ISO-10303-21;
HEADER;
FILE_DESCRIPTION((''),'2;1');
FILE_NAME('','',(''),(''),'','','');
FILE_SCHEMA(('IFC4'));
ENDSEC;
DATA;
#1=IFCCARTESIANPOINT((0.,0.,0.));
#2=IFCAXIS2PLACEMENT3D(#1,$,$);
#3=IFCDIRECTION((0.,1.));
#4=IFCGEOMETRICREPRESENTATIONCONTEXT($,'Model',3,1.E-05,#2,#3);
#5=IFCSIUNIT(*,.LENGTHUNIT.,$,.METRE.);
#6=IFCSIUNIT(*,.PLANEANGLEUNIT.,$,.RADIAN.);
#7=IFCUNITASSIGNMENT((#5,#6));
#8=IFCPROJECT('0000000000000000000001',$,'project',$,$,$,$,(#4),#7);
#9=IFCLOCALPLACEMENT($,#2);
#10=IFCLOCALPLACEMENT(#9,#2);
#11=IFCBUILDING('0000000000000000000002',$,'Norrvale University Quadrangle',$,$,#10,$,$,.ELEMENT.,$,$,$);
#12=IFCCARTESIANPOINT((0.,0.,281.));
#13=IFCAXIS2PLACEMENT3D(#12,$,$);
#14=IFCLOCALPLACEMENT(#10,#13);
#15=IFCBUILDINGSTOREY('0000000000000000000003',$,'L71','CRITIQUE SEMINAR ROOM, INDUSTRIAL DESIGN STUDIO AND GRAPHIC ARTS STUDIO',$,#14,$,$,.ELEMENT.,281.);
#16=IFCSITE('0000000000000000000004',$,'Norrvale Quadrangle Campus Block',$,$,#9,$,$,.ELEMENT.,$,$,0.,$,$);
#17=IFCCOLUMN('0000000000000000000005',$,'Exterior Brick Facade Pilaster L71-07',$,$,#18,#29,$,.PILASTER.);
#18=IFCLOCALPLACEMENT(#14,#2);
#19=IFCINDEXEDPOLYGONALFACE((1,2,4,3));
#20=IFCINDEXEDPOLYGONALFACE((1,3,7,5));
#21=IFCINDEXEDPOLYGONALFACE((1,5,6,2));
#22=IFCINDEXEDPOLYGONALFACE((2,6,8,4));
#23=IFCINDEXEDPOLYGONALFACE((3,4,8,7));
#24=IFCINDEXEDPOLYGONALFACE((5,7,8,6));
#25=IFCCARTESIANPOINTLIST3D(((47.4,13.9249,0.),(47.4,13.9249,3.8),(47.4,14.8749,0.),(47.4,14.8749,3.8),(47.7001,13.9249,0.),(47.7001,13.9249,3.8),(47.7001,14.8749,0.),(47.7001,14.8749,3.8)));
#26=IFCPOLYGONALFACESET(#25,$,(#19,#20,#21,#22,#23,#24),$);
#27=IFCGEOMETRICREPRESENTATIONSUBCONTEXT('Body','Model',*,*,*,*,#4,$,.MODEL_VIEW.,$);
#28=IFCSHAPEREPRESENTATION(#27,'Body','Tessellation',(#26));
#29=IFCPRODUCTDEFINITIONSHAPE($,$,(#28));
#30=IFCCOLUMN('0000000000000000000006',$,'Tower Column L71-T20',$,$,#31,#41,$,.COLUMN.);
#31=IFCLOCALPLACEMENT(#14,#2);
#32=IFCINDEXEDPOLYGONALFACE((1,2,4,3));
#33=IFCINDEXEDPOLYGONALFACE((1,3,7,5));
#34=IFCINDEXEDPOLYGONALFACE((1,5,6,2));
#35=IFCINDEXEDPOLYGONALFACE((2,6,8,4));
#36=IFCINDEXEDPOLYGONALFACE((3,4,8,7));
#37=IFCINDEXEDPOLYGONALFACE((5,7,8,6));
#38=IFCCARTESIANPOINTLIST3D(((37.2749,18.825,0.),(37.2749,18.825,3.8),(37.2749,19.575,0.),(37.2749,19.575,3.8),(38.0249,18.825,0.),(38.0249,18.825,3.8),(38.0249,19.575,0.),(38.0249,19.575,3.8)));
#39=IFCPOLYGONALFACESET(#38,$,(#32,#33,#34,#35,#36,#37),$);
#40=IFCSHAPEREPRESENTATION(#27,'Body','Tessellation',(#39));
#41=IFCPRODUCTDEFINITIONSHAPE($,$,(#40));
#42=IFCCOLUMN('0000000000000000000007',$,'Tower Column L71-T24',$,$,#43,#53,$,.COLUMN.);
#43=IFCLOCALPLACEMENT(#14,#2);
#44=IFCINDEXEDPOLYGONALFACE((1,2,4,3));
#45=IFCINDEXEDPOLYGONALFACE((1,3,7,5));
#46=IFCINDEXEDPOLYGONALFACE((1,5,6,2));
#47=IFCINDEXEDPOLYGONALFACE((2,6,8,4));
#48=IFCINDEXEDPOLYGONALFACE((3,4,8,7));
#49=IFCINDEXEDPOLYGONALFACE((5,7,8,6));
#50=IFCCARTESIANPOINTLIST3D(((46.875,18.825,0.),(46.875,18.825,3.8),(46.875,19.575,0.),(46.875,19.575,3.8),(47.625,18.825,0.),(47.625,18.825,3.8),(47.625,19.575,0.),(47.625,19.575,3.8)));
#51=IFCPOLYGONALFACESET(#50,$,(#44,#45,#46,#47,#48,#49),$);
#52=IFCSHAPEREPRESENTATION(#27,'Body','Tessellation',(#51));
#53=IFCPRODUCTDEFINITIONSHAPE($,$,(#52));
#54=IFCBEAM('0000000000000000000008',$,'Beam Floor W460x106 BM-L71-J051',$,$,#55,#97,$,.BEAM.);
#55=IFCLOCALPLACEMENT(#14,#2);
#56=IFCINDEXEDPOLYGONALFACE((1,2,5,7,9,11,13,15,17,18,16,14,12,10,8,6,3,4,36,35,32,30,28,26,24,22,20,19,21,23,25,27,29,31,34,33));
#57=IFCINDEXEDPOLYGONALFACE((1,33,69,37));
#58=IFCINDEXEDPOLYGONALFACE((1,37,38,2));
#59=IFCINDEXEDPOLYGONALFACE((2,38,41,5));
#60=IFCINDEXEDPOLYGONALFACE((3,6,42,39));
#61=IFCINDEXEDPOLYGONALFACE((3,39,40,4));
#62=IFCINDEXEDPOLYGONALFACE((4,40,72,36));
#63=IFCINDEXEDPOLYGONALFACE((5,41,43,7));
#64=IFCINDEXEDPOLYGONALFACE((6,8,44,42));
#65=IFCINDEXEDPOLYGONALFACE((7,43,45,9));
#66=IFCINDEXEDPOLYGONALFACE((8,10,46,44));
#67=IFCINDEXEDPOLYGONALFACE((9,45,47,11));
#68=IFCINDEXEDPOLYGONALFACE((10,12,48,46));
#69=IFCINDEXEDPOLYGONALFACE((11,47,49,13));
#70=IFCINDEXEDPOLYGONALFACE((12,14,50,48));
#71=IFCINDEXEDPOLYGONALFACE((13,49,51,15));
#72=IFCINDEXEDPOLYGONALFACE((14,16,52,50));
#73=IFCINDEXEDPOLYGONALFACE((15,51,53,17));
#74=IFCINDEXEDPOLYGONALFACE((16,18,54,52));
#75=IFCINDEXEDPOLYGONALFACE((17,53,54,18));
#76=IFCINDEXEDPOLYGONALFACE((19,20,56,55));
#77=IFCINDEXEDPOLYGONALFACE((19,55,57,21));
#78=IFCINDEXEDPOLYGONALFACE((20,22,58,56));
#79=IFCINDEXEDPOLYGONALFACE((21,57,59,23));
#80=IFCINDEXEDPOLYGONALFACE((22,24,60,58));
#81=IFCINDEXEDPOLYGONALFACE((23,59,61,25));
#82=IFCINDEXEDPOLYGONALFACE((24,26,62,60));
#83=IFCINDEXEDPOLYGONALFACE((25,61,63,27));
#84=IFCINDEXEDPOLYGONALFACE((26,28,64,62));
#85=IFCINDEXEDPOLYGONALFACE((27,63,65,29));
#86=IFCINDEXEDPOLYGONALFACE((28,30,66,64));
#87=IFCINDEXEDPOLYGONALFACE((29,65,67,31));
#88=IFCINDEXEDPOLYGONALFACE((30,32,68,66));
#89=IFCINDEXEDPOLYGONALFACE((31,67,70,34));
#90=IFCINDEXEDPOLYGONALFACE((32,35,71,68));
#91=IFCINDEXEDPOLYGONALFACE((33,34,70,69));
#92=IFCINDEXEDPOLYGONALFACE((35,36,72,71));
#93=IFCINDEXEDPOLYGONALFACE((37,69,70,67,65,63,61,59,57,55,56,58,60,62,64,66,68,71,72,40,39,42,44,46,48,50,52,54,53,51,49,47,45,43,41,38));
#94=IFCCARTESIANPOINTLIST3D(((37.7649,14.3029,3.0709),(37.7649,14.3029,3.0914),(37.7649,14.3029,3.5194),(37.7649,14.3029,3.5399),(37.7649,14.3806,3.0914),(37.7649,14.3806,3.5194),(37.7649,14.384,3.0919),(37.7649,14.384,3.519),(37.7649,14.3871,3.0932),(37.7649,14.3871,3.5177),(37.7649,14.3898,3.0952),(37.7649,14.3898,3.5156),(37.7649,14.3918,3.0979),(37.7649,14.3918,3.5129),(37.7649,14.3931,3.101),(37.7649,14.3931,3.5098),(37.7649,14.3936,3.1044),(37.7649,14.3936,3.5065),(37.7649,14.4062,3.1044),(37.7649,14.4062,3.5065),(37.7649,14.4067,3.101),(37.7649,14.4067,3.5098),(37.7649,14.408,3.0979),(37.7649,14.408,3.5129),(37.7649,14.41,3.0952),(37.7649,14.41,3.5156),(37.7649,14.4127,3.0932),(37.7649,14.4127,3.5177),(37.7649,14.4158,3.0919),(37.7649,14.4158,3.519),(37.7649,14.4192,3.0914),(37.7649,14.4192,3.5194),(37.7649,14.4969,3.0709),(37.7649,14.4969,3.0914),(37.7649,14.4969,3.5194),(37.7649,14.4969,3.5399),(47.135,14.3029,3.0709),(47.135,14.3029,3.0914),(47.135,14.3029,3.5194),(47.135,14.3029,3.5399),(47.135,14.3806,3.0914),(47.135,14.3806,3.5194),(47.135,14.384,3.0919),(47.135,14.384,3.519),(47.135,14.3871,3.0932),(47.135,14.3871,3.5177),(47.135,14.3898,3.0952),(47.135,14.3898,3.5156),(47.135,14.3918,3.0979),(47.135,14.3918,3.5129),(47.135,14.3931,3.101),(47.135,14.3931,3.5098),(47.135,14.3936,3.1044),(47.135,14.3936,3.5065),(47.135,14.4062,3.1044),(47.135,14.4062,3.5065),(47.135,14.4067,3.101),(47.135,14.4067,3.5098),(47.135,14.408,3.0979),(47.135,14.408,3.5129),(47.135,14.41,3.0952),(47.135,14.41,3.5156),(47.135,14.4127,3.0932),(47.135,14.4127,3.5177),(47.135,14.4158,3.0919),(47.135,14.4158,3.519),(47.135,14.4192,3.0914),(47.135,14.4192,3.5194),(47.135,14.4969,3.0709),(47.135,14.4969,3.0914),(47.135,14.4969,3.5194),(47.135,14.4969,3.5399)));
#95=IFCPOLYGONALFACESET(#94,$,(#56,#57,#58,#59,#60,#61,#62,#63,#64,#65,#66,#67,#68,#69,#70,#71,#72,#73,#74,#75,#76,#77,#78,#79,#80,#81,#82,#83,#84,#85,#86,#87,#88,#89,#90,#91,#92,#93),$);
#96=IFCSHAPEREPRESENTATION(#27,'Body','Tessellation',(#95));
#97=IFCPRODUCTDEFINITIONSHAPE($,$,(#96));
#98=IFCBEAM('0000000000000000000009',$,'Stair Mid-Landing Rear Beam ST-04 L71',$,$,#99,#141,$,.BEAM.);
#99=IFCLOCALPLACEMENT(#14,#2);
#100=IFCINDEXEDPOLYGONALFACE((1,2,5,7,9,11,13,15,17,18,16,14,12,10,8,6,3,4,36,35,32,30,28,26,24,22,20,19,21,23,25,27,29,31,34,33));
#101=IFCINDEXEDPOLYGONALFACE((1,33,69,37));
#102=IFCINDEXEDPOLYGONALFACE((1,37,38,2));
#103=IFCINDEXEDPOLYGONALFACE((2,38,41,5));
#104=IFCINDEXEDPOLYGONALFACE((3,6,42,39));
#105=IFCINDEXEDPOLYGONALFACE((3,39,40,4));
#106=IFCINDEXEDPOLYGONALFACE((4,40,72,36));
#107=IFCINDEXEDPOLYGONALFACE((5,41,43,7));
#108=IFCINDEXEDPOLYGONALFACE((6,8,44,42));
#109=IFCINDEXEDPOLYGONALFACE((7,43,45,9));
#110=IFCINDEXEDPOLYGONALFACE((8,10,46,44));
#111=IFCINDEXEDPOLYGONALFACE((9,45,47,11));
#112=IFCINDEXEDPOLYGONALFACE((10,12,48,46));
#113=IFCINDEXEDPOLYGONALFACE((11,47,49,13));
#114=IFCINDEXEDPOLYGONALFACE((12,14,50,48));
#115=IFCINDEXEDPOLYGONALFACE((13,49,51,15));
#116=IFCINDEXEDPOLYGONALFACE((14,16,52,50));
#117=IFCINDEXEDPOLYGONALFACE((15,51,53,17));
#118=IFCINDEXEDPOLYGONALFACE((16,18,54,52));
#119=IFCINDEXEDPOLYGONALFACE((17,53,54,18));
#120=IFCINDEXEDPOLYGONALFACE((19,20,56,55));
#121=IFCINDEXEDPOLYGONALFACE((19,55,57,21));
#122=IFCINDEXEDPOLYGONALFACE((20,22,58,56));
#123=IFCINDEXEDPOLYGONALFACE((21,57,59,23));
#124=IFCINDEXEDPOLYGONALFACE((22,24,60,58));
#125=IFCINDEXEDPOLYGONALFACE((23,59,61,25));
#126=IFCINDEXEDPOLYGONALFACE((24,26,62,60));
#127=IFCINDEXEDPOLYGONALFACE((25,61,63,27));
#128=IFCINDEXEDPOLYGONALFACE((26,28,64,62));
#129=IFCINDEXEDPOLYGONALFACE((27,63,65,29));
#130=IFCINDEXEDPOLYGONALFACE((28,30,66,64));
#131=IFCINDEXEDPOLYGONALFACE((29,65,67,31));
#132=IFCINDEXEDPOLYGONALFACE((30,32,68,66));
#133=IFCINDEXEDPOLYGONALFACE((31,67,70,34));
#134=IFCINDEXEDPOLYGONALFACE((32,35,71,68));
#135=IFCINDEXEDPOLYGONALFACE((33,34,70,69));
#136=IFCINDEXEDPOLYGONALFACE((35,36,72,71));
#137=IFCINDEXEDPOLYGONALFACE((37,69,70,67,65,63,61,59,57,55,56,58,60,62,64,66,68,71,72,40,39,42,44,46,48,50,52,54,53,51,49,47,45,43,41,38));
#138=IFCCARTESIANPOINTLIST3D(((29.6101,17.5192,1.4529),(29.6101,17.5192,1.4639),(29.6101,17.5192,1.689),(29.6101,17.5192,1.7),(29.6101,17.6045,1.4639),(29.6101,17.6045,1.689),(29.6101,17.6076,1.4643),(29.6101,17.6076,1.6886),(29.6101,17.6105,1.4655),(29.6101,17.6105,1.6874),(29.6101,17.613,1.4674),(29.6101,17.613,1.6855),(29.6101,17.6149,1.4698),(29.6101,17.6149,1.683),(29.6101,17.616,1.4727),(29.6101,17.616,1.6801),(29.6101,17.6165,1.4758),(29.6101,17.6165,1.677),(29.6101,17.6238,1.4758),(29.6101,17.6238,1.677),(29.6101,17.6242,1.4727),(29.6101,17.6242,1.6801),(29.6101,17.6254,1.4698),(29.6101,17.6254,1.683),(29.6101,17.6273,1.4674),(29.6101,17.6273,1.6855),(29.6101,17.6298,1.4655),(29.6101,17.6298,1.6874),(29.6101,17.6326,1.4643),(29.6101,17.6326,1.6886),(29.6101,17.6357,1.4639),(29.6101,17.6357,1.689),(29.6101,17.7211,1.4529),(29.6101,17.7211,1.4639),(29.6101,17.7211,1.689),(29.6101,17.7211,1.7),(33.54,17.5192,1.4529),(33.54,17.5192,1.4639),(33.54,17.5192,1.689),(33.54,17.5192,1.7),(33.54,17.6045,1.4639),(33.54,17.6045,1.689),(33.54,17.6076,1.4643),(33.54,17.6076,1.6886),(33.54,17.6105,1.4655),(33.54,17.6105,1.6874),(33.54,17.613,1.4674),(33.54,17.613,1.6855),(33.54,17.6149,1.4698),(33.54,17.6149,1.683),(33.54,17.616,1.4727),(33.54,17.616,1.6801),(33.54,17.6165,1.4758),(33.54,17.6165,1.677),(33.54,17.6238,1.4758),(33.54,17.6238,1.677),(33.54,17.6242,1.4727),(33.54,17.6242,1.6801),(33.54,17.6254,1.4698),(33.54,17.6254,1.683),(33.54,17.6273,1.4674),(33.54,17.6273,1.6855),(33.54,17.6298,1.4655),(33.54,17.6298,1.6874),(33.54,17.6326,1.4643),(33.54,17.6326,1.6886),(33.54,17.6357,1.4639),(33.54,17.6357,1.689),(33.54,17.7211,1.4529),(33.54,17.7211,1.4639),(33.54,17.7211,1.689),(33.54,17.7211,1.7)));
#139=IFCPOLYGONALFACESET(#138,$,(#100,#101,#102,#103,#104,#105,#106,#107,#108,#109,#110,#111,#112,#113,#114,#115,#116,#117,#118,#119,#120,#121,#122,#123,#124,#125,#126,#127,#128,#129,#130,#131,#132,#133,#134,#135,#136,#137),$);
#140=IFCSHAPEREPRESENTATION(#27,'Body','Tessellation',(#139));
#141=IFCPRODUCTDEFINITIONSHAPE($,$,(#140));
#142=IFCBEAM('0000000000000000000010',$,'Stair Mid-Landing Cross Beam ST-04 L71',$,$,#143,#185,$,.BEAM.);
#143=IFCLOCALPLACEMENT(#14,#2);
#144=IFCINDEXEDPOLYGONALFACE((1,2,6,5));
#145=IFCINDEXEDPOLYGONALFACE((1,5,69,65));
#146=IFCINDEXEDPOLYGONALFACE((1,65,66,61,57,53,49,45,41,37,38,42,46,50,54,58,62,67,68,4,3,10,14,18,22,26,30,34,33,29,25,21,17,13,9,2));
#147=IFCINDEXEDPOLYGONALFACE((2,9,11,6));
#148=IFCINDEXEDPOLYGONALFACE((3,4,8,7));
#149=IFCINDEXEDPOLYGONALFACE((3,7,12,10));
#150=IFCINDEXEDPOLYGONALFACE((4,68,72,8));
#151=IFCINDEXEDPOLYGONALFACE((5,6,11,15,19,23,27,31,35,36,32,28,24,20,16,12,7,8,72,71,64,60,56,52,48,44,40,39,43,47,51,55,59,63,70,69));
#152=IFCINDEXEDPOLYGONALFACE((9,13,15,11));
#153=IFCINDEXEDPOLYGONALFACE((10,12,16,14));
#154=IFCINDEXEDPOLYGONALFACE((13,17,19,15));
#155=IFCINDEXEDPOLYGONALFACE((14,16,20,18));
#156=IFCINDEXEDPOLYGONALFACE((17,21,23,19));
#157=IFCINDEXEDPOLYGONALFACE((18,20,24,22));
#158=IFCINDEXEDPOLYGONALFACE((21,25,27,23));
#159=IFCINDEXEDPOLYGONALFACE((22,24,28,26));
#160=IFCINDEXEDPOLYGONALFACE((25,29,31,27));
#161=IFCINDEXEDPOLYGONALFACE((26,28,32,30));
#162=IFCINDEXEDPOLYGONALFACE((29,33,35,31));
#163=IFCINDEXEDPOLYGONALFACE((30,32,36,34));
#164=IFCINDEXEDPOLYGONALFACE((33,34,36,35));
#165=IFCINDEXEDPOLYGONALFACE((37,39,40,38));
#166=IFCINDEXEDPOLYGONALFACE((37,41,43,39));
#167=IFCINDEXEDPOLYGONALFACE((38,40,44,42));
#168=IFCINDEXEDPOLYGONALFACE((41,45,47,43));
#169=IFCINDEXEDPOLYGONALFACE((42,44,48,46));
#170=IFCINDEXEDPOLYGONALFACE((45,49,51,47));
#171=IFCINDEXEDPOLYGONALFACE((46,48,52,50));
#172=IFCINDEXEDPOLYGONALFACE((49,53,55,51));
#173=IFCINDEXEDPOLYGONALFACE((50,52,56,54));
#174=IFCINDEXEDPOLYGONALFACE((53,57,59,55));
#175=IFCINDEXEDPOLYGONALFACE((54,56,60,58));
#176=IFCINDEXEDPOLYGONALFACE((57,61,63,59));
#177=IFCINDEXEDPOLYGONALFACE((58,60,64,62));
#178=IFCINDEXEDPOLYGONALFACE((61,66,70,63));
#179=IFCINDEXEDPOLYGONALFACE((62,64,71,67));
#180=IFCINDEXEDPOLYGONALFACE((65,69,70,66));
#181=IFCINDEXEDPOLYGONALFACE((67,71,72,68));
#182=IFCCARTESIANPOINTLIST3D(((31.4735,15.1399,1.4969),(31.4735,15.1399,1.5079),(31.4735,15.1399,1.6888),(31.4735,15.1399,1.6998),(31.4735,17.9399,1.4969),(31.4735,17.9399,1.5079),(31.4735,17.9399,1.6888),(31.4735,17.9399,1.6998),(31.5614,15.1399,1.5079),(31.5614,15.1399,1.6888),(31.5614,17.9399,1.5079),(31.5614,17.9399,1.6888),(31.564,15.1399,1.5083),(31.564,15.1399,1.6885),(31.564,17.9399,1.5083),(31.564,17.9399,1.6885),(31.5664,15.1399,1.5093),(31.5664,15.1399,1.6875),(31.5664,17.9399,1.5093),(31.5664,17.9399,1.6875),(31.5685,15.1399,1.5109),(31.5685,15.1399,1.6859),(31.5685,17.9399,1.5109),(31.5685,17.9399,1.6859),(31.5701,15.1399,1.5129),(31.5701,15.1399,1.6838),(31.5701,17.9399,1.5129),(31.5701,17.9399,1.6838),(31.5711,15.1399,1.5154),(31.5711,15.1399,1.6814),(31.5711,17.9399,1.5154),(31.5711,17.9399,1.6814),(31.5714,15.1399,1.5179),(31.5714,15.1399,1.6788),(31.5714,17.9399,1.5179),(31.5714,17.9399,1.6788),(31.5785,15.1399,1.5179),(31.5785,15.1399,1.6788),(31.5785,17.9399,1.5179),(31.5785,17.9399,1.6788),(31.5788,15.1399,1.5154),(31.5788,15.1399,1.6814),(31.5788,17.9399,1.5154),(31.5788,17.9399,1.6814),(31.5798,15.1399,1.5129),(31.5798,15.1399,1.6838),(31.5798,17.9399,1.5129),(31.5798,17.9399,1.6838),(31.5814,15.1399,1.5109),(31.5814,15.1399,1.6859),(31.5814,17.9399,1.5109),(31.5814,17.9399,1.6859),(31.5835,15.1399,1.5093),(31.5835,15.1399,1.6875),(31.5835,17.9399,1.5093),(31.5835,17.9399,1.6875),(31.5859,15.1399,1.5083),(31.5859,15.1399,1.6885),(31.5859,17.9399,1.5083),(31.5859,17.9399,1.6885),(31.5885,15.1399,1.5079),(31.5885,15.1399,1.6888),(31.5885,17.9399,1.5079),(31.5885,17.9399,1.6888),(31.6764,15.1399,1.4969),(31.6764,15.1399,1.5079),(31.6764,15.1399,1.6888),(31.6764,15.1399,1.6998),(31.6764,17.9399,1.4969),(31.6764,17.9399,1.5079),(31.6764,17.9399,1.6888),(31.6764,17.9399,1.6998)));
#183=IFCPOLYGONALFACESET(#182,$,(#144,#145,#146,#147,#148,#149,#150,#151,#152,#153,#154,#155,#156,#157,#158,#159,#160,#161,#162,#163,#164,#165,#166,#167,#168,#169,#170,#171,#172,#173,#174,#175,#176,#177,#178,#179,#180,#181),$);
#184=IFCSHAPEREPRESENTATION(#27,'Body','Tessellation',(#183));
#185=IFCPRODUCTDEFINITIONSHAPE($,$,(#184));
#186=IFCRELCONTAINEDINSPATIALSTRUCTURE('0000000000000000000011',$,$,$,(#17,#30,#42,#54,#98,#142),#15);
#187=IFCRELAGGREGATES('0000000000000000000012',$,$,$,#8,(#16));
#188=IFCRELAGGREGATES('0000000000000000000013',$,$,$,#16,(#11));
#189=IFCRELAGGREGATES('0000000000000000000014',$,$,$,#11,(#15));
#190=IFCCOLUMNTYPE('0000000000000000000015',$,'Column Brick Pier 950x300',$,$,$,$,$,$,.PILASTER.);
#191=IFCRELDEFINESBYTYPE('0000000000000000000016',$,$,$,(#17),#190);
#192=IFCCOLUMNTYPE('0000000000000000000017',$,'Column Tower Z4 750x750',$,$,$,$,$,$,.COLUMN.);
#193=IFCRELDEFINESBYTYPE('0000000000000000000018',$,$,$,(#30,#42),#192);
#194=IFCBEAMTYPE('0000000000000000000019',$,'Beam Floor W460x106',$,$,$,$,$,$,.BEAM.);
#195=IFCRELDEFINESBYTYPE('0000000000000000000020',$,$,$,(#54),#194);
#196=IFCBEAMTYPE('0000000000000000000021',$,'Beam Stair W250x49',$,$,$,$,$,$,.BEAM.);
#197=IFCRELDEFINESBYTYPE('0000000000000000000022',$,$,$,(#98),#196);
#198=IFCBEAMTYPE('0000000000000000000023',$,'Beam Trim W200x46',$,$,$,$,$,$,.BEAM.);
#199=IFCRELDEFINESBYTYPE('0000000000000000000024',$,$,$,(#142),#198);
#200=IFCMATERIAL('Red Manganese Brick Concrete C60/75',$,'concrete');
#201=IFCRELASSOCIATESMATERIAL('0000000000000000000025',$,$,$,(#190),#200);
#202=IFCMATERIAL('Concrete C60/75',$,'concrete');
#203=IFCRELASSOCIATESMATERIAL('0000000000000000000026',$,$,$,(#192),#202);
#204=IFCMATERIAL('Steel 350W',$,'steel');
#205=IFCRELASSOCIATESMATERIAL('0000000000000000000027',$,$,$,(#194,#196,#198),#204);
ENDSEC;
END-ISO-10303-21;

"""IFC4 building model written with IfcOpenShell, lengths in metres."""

from ifc_helpers import new_model, si_unit, direction, frame, origin, origin_2d, place, context, subcontext, project, spatial, rectangle, i_section, extrude, material, material_profile, profile_set, type_object, element, save


model = new_model("IFC4")

# Units and contexts
model_context = context("Model", 3, precision=1e-05, world=origin(), true_north=direction((0.0, 1.0)))
body_context = subcontext(model_context, "Body", "Model", "MODEL_VIEW")
ifc_project = project(units=[si_unit("LENGTHUNIT", "METRE"), si_unit("PLANEANGLEUNIT", "RADIAN")], contexts=[model_context])

# Site, building, storey
site_placement = place(None, origin())
site = spatial("IfcSite", under=ifc_project, at=site_placement, Name="Norrvale Quadrangle Campus Block", CompositionType="ELEMENT", RefElevation=0.0)
building_placement = place(site_placement, origin())
building = spatial("IfcBuilding", under=site, at=building_placement, Name="Norrvale University Quadrangle", CompositionType="ELEMENT")
storey_placement = place(building_placement, frame((0.0, 0.0, 281.0)))
storey = spatial("IfcBuildingStorey", under=building, at=storey_placement, Name="L71", Description="CRITIQUE SEMINAR ROOM, INDUSTRIAL DESIGN STUDIO AND GRAPHIC ARTS STUDIO", CompositionType="ELEMENT", Elevation=281.0)

# Columns
ifc_material_1 = material(Name="Red Manganese Brick Concrete C60/75", Category="concrete")
ifc_material_profile_1 = material_profile(ifc_material_1, rectangle(XDim=0.95, YDim=0.3, at=origin_2d()), Name="Red Manganese Brick Concrete C60/75")
ifc_profile_set_1 = profile_set([ifc_material_profile_1], Name="Red Manganese Brick Concrete C60/75")
column_type_1 = type_object("IfcColumnType", Name="Column Brick Pier 950x300", PredefinedType="PILASTER", material=ifc_profile_set_1)
column_placement = place(storey_placement, frame((47.55, 14.3999, 0.0), z_axis=(0.0, 0.0, 1.0), x_axis=(0.0, 1.0, 0.0)))
element("IfcColumn", 1, at=column_placement, inside=storey, type_object=column_type_1, Name="Exterior Brick Facade Pilaster L71-07", PredefinedType="PILASTER", context=body_context, shape_type="SweptSolid", body=[
    extrude(rectangle(XDim=0.95, YDim=0.3, at=origin_2d()), origin(), (0.0, 0.0, 1.0), 3.8),
])
ifc_material_2 = material(Name="Concrete C60/75", Category="concrete")
ifc_material_profile_2 = material_profile(ifc_material_2, rectangle(XDim=0.75, YDim=0.75, at=origin_2d()), Name="Concrete C60/75")
ifc_profile_set_2 = profile_set([ifc_material_profile_2], Name="Concrete C60/75")
column_type_2 = type_object("IfcColumnType", Name="Column Tower Z4 750x750", PredefinedType="COLUMN", material=ifc_profile_set_2)
for number, where, z_axis, x_axis, name in (
    (2, (37.6499, 19.2, 0.0), (0.0, 0.0, 1.0), (1.0, 0.0, 0.0), "Tower Column L71-T20"),
    (3, (47.25, 19.2, 0.0), (0.0, 0.0, 1.0), (1.0, 0.0, 0.0), "Tower Column L71-T24"),
):
    element("IfcColumn", number, at=place(storey_placement, frame(where, z_axis=z_axis, x_axis=x_axis)), inside=storey, type_object=column_type_2, Name=name, PredefinedType="COLUMN", context=body_context, shape_type="SweptSolid", body=[
        extrude(rectangle(XDim=0.75, YDim=0.75, at=origin_2d()), origin(), (0.0, 0.0, 1.0), 3.8),
    ])

# Beams
ifc_material_3 = material(Name="Steel 350W", Category="steel")
ifc_material_profile_3 = material_profile(ifc_material_3, i_section(OverallWidth=0.1941, OverallDepth=0.469, WebThickness=0.0127, FlangeThickness=0.0205, FilletRadius=0.0129, at=origin_2d()), Name="Steel 350W")
ifc_profile_set_3 = profile_set([ifc_material_profile_3], Name="Steel 350W")
beam_type_1 = type_object("IfcBeamType", Name="Beam Floor W460x106", PredefinedType="BEAM", material=ifc_profile_set_3)
beam_1_placement = place(storey_placement, frame((37.7649, 14.3999, 3.3054), z_axis=(1.0, 0.0, 0.0), x_axis=(0.0, 1.0, 0.0)))
element("IfcBeam", 4, at=beam_1_placement, inside=storey, type_object=beam_type_1, Name="Beam Floor W460x106 BM-L71-J051", PredefinedType="BEAM", context=body_context, shape_type="SweptSolid", body=[
    extrude(i_section(OverallWidth=0.1941, OverallDepth=0.469, WebThickness=0.0127, FlangeThickness=0.0205, FilletRadius=0.0129, at=origin_2d()), origin(), (0.0, 0.0, 1.0), 9.3701),
])
ifc_material_profile_4 = material_profile(ifc_material_3, i_section(OverallWidth=0.2019, OverallDepth=0.2471, WebThickness=0.0073, FlangeThickness=0.011, FilletRadius=0.012, at=origin_2d()), Name="Steel 350W")
ifc_profile_set_4 = profile_set([ifc_material_profile_4], Name="Steel 350W")
beam_type_2 = type_object("IfcBeamType", Name="Beam Stair W250x49", PredefinedType="BEAM", material=ifc_profile_set_4)
beam_2_placement = place(storey_placement, frame((29.6101, 17.6201, 1.5764), z_axis=(1.0, 0.0, 0.0), x_axis=(0.0, 1.0, 0.0)))
element("IfcBeam", 5, at=beam_2_placement, inside=storey, type_object=beam_type_2, Name="Stair Mid-Landing Rear Beam ST-04 L71", PredefinedType="BEAM", context=body_context, shape_type="SweptSolid", body=[
    extrude(i_section(OverallWidth=0.2019, OverallDepth=0.2471, WebThickness=0.0073, FlangeThickness=0.011, FilletRadius=0.012, at=origin_2d()), origin(), (0.0, 0.0, 1.0), 3.9299),
])
ifc_material_profile_5 = material_profile(ifc_material_3, i_section(OverallWidth=0.2029, OverallDepth=0.2029, WebThickness=0.0071, FlangeThickness=0.011, FilletRadius=0.01, at=origin_2d()), Name="Steel 350W")
ifc_profile_set_5 = profile_set([ifc_material_profile_5], Name="Steel 350W")
beam_type_3 = type_object("IfcBeamType", Name="Beam Trim W200x46", PredefinedType="BEAM", material=ifc_profile_set_5)
beam_3_placement = place(storey_placement, frame((31.575, 15.1399, 1.5984), z_axis=(0.0, 1.0, 0.0), x_axis=(-1.0, 0.0, 0.0)))
element("IfcBeam", 6, at=beam_3_placement, inside=storey, type_object=beam_type_3, Name="Stair Mid-Landing Cross Beam ST-04 L71", PredefinedType="BEAM", context=body_context, shape_type="SweptSolid", body=[
    extrude(i_section(OverallWidth=0.2029, OverallDepth=0.2029, WebThickness=0.0071, FlangeThickness=0.011, FilletRadius=0.01, at=origin_2d()), origin(), (0.0, 0.0, 1.0), 2.8),
])

save(model, "model.ifc")
